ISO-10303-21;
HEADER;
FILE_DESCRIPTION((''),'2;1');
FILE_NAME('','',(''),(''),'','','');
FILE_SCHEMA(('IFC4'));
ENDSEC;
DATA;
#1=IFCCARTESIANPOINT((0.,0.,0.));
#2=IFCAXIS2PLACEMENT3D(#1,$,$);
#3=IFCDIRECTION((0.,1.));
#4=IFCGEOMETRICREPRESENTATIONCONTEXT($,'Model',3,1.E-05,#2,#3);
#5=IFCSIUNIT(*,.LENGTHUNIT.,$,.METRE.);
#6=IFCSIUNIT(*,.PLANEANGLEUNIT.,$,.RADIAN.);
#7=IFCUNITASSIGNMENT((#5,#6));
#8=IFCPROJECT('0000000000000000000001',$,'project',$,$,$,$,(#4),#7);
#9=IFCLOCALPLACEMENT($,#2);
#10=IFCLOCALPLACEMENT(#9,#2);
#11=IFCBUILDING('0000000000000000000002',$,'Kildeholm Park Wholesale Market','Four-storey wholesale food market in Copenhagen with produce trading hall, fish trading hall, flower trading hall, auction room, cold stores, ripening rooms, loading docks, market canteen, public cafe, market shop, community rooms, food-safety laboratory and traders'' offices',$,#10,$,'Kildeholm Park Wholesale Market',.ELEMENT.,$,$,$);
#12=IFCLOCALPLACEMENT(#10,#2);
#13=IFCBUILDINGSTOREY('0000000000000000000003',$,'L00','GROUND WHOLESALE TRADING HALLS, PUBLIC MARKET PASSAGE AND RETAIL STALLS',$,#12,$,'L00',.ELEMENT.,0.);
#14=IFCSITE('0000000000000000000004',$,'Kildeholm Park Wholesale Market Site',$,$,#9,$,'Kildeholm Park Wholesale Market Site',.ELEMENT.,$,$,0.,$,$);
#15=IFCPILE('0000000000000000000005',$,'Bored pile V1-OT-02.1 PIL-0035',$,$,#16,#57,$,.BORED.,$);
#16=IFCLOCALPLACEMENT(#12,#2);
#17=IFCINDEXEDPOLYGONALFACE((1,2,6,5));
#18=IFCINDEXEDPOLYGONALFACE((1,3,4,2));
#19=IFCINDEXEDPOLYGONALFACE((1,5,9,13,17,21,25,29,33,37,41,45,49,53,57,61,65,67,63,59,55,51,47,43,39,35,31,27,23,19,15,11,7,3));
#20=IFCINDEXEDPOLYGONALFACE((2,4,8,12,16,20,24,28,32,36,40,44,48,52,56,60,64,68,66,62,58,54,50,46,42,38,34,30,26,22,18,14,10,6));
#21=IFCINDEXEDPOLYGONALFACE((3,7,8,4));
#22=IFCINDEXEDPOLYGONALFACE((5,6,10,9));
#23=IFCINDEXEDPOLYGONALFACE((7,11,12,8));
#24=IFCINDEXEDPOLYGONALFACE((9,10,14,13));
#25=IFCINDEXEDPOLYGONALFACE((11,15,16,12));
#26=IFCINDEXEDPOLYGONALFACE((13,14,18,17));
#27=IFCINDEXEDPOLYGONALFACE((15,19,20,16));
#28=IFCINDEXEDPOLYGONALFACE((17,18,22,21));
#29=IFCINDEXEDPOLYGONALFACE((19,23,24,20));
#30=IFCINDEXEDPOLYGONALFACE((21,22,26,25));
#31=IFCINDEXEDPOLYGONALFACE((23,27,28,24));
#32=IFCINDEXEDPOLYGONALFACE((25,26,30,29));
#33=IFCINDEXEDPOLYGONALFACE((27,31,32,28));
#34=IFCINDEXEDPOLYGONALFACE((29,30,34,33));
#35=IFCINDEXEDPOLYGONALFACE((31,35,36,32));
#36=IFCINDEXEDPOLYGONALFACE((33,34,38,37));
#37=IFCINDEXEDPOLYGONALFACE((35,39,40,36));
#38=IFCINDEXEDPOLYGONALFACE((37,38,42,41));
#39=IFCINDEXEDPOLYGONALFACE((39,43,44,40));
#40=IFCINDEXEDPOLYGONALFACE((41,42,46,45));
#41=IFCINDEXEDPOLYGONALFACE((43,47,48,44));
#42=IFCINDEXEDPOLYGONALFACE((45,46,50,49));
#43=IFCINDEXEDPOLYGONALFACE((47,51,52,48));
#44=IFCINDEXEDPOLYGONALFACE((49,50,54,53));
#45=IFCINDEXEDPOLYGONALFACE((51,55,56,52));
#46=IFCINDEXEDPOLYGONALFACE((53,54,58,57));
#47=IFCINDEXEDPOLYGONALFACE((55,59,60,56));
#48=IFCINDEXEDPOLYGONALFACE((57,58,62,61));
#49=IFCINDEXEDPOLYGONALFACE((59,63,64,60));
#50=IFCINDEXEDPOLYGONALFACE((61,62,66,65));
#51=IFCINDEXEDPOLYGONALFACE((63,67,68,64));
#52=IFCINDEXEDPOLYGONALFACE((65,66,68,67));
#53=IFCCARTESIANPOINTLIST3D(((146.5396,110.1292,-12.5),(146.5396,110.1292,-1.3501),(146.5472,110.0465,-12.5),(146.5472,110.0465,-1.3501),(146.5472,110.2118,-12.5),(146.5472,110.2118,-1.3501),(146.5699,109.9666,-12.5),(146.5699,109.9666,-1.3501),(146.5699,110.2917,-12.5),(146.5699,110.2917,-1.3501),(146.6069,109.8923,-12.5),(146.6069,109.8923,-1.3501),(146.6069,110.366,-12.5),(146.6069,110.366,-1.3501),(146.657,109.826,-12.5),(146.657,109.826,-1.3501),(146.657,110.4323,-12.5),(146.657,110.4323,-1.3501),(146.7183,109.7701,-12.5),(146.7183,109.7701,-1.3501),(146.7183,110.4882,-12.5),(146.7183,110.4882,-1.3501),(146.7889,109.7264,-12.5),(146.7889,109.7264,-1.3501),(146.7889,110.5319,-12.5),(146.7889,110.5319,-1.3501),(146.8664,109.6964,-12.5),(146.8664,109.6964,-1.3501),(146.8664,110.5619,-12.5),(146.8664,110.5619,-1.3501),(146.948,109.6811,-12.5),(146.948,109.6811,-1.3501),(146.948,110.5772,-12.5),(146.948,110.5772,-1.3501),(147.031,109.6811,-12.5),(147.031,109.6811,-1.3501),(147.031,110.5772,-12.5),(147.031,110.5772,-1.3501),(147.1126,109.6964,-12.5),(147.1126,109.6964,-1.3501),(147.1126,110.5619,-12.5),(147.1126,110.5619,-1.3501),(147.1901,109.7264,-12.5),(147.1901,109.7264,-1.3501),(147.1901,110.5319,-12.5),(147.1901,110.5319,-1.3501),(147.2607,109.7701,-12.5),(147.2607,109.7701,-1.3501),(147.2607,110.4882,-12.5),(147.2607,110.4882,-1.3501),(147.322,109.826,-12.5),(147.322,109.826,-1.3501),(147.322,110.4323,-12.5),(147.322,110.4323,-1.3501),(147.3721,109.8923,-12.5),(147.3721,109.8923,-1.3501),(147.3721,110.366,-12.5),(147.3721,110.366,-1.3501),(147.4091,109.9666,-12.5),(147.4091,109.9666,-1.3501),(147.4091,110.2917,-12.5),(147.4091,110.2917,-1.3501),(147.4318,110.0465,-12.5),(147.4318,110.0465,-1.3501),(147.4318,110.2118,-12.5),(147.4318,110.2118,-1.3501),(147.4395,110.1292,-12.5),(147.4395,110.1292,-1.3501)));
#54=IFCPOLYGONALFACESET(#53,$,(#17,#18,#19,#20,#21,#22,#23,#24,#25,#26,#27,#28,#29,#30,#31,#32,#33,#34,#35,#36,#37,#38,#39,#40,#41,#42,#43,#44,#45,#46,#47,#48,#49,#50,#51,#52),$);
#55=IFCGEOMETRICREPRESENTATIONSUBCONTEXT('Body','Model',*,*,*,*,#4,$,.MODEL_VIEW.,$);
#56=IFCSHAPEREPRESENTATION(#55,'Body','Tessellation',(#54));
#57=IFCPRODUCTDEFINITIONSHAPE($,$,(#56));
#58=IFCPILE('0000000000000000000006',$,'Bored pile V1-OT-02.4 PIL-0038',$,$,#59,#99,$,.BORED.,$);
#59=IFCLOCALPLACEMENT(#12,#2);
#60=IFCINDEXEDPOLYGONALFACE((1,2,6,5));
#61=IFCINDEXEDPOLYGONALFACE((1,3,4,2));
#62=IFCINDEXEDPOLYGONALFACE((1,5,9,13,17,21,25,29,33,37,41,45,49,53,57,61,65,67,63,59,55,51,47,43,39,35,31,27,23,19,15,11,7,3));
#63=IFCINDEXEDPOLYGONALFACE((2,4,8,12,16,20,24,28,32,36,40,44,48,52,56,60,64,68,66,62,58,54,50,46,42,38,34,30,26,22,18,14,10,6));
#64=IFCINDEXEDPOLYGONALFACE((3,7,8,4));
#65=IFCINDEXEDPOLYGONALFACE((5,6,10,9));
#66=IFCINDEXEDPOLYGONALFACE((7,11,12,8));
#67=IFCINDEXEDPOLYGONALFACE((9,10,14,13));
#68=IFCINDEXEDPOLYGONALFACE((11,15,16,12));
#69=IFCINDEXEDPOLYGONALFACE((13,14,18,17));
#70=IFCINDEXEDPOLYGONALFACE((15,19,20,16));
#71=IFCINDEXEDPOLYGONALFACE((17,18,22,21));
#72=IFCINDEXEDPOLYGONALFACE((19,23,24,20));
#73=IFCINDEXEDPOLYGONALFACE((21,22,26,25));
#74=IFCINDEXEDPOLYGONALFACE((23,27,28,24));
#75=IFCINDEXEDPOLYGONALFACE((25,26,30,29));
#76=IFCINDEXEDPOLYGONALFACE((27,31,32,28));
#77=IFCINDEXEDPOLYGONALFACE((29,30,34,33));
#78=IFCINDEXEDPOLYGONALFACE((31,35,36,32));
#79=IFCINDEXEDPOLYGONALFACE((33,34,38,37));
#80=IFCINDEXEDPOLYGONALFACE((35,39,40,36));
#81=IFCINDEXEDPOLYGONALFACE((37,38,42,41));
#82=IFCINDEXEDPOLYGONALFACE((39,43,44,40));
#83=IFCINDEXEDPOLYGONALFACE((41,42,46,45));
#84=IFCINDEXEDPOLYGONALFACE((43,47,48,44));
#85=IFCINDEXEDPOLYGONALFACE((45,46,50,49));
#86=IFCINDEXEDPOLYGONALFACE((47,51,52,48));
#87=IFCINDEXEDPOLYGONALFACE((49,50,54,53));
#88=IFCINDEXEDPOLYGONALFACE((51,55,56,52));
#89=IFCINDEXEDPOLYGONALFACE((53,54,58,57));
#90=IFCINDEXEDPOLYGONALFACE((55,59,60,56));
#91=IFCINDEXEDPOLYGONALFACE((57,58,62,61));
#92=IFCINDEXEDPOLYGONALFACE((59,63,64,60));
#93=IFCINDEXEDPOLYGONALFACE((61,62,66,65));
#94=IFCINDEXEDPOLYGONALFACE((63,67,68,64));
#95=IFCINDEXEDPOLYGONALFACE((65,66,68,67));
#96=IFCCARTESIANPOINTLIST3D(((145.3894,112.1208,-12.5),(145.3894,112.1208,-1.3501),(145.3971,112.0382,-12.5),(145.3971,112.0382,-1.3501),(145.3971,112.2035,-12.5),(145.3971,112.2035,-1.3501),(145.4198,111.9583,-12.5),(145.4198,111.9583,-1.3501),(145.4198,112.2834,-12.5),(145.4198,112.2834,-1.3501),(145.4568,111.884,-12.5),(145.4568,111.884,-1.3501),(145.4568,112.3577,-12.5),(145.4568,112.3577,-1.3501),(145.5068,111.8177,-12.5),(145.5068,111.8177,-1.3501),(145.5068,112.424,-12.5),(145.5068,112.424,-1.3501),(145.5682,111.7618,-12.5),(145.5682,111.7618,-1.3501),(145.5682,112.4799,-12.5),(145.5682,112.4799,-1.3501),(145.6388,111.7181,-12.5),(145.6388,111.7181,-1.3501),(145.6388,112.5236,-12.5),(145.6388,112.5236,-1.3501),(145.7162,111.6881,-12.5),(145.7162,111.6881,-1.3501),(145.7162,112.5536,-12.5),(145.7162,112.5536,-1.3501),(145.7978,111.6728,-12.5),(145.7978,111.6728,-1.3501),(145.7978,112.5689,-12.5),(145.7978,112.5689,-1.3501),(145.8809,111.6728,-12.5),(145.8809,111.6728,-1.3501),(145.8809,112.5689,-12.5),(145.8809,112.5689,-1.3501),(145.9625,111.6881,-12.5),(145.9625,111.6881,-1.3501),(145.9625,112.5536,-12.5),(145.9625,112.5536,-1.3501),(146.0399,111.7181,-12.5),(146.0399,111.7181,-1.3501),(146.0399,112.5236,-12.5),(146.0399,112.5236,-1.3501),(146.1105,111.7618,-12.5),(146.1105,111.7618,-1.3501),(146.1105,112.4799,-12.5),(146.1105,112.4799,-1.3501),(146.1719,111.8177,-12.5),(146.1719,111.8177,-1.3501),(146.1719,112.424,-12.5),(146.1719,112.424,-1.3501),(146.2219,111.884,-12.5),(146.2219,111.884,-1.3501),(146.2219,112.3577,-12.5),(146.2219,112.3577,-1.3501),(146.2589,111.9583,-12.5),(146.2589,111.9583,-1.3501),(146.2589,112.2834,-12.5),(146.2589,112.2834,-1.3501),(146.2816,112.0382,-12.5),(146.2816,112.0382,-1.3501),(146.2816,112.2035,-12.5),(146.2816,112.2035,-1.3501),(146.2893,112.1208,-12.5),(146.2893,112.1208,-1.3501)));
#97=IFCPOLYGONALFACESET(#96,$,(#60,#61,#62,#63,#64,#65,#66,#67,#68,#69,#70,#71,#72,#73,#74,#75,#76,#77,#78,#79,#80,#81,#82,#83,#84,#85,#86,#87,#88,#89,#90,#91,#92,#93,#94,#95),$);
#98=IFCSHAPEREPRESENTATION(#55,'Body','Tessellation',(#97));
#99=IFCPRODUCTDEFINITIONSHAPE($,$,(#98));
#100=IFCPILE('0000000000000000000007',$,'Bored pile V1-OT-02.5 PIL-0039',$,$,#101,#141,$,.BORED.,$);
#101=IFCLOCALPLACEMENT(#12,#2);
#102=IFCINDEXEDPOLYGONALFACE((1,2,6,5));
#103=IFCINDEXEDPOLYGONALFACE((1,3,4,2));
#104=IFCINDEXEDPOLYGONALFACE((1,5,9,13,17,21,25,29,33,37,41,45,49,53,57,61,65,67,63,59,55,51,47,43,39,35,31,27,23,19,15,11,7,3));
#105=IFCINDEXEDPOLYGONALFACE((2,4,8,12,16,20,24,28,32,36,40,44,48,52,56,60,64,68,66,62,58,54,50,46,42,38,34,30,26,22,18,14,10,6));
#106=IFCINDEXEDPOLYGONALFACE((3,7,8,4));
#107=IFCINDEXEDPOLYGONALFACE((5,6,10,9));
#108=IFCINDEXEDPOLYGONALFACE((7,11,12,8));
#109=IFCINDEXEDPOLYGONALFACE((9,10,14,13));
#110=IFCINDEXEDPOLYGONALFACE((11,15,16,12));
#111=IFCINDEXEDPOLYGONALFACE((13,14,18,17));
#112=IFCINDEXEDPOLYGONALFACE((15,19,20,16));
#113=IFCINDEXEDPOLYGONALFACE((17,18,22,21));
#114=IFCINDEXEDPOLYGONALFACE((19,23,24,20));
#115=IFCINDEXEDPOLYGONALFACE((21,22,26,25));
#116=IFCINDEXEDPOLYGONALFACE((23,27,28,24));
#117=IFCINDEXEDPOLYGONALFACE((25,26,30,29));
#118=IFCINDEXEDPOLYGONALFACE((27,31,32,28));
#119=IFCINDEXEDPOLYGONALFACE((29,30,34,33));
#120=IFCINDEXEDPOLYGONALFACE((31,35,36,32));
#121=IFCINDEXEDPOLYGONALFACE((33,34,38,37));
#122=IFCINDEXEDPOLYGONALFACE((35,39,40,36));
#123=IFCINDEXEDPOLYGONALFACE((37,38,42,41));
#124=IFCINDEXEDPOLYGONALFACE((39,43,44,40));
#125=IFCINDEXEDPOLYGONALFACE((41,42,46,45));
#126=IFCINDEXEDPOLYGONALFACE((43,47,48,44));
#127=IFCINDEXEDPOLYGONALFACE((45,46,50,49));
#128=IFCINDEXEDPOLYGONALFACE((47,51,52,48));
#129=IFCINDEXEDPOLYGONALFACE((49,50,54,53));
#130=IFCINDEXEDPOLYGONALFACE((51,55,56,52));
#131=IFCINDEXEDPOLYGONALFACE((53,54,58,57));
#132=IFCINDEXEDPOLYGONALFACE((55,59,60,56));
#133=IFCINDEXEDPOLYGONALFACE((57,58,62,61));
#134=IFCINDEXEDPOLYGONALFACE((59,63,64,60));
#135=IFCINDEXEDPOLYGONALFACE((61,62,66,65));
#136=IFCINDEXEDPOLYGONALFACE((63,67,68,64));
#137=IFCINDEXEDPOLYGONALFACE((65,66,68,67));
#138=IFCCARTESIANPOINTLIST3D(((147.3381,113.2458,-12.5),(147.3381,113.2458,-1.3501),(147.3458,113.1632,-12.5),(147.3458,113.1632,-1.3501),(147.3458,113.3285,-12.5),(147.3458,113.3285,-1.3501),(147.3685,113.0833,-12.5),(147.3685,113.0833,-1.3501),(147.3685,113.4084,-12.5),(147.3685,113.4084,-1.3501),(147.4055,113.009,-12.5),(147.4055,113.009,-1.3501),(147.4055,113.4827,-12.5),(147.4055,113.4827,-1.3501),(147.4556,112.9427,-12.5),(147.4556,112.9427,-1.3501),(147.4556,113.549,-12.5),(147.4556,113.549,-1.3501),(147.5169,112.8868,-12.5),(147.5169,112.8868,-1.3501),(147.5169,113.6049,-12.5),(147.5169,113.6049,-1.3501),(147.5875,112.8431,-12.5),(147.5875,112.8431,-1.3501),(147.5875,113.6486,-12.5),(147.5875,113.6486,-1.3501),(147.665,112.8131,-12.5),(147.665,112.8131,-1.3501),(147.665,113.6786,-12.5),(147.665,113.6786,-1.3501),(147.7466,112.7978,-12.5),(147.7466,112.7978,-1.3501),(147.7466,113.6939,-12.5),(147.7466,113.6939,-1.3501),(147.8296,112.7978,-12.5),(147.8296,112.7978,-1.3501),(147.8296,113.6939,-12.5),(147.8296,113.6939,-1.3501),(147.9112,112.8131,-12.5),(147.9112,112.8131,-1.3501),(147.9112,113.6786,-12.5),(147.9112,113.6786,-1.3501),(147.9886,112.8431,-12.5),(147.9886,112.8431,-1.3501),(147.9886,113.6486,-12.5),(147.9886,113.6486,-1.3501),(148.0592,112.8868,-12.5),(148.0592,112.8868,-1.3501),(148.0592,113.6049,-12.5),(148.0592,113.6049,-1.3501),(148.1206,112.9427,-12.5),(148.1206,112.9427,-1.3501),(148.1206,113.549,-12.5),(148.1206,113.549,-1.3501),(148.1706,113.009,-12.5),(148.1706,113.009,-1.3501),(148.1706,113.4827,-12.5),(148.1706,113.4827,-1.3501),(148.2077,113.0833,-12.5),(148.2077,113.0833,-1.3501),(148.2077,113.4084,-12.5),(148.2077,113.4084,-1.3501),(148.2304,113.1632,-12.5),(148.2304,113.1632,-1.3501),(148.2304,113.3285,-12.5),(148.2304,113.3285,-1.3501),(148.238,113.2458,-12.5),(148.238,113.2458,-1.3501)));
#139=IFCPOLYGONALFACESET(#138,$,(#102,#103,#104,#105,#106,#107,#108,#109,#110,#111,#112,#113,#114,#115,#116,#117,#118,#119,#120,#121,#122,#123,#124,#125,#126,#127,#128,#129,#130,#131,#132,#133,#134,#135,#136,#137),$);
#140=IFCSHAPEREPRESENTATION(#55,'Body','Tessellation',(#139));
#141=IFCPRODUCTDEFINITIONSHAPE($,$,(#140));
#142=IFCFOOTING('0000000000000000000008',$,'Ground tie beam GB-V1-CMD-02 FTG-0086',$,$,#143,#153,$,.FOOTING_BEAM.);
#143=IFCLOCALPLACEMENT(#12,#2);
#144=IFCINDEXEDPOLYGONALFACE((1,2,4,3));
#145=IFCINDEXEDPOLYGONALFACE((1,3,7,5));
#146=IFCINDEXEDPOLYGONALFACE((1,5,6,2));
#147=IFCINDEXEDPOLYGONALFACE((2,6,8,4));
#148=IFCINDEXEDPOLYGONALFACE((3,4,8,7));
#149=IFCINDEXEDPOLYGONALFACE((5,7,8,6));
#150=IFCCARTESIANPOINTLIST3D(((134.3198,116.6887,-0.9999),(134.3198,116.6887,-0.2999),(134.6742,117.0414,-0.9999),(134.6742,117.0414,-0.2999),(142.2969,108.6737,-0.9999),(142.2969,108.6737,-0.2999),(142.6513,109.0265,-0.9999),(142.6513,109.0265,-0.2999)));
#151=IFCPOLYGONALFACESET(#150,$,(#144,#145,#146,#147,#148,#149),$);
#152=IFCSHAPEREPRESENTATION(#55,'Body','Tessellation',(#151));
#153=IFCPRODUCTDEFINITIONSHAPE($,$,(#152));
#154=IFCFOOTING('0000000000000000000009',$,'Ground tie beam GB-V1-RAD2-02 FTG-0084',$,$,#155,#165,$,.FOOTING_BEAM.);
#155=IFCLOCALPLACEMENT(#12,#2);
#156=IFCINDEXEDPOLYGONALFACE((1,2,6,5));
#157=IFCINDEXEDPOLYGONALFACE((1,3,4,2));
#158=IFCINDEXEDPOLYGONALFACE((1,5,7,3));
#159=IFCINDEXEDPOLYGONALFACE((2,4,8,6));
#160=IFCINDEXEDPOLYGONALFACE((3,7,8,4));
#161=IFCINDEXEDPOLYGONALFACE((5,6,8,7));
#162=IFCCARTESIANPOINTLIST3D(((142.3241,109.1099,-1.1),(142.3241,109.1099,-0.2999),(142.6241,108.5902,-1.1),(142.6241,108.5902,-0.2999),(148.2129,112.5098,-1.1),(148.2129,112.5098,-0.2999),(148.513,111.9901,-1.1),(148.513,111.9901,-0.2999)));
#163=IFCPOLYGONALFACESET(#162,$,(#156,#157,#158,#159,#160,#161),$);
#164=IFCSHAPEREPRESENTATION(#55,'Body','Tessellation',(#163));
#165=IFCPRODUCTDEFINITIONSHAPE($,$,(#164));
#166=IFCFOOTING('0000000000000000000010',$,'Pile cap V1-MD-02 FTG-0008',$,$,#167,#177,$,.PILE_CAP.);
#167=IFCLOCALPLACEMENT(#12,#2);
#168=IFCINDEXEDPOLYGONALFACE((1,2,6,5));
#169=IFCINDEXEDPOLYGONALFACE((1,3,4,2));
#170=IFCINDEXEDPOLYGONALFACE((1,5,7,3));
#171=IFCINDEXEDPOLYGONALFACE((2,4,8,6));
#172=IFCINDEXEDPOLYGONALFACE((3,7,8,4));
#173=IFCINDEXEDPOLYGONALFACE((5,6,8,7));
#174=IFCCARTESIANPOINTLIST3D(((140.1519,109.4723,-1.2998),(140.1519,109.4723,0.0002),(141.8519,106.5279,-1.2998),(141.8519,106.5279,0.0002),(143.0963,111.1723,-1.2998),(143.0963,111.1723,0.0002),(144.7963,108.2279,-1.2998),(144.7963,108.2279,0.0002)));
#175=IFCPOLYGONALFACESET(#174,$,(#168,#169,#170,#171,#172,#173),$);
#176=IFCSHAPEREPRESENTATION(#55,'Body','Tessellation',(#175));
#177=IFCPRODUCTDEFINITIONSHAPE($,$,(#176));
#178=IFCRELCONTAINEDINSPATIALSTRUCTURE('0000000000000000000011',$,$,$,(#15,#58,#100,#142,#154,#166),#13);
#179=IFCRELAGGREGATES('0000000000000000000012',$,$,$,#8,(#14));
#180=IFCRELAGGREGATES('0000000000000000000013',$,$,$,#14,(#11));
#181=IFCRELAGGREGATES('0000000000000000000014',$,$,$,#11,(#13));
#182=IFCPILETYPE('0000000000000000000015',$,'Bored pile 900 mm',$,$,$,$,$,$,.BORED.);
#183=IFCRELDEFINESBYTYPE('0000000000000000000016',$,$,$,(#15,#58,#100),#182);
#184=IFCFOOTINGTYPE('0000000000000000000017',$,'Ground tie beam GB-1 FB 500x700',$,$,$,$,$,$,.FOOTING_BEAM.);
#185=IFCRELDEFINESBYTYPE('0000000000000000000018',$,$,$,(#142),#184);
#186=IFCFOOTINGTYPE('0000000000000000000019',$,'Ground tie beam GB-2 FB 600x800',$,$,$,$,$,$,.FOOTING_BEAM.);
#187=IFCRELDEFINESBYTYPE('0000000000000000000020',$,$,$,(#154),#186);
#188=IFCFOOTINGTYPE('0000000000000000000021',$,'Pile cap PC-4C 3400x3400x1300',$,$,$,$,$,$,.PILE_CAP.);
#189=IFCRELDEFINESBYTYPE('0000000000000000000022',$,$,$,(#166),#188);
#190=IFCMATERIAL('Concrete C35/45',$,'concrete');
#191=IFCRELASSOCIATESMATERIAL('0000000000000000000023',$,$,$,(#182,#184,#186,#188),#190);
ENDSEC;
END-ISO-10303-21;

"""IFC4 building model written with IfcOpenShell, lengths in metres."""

from ifc_helpers import new_model, si_unit, direction, frame, origin, origin_2d, place, context, subcontext, project, spatial, rectangle, circle, extrude, material, material_profile, profile_set, type_object, element, save


model = new_model("IFC4")

# Units and contexts
model_context = context("Model", 3, precision=1e-05, world=origin(), true_north=direction((0.0, 1.0)))
body_context = subcontext(model_context, "Body", "Model", "MODEL_VIEW")
ifc_project = project(units=[si_unit("LENGTHUNIT", "METRE"), si_unit("PLANEANGLEUNIT", "RADIAN")], contexts=[model_context])

# Site, building, storey
site_placement = place(None, origin())
site = spatial("IfcSite", under=ifc_project, at=site_placement, Name="Kildeholm Park Wholesale Market Site", LongName="Kildeholm Park Wholesale Market Site", CompositionType="ELEMENT", RefElevation=0.0)
building_placement = place(site_placement, origin())
building = spatial("IfcBuilding", under=site, at=building_placement, Name="Kildeholm Park Wholesale Market", Description="Four-storey wholesale food market in Copenhagen with produce trading hall, fish trading hall, flower trading hall, auction room, cold stores, ripening rooms, loading docks, market canteen, public cafe, market shop, community rooms, food-safety laboratory and traders' offices", LongName="Kildeholm Park Wholesale Market", CompositionType="ELEMENT")
storey_placement = place(building_placement, origin())
storey = spatial("IfcBuildingStorey", under=building, at=storey_placement, Name="L00", Description="GROUND WHOLESALE TRADING HALLS, PUBLIC MARKET PASSAGE AND RETAIL STALLS", LongName="L00", CompositionType="ELEMENT", Elevation=0.0)

# Piles
ifc_material_1 = material(Name="Concrete C35/45", Category="concrete")
ifc_material_profile_1 = material_profile(ifc_material_1, circle(Radius=0.45, at=origin_2d()), Name="PILE D900")
ifc_profile_set_1 = profile_set([ifc_material_profile_1], Name="Concrete C35/45")
pile_type_1 = type_object("IfcPileType", Name="Bored pile 900 mm", PredefinedType="BORED", material=ifc_profile_set_1)
for number, where, z_axis, x_axis, name in (
    (1, (146.9895, 110.1292, -1.3501), (0.0, 0.0, -1.0), (1.0, 0.0, 0.0), "Bored pile V1-OT-02.1 PIL-0035"),
    (2, (145.8394, 112.1208, -1.3501), (0.0, 0.0, -1.0), (1.0, 0.0, 0.0), "Bored pile V1-OT-02.4 PIL-0038"),
    (3, (147.7881, 113.2458, -1.3501), (0.0, 0.0, -1.0), (1.0, 0.0, 0.0), "Bored pile V1-OT-02.5 PIL-0039"),
):
    element("IfcPile", number, at=place(storey_placement, frame(where, z_axis=z_axis, x_axis=x_axis)), inside=storey, type_object=pile_type_1, Name=name, PredefinedType="BORED", context=body_context, shape_type="SweptSolid", body=[
        extrude(circle(Radius=0.45, at=origin_2d()), origin(), (0.0, 0.0, 1.0), 11.1499),
    ])

# Footings
ifc_material_profile_2 = material_profile(ifc_material_1, rectangle(XDim=0.5, YDim=0.7, at=origin_2d()), Name="FB 500x700")
ifc_profile_set_2 = profile_set([ifc_material_profile_2], Name="Concrete C35/45")
footing_type_1 = type_object("IfcFootingType", Name="Ground tie beam GB-1 FB 500x700", PredefinedType="FOOTING_BEAM", material=ifc_profile_set_2)
footing_1_placement = place(storey_placement, frame((142.4741, 108.8501, -0.6499), z_axis=(-0.705432, 0.708778, 0.0), x_axis=(-0.708778, -0.705432, 0.0)))
element("IfcFooting", 4, at=footing_1_placement, inside=storey, type_object=footing_type_1, Name="Ground tie beam GB-V1-CMD-02 FTG-0086", PredefinedType="FOOTING_BEAM", context=body_context, shape_type="SweptSolid", body=[
    extrude(rectangle(XDim=0.5, YDim=0.7, at=origin_2d()), origin(), (0.0, 0.0, 1.0), 11.3081),
])
ifc_material_profile_3 = material_profile(ifc_material_1, rectangle(XDim=0.6001, YDim=0.8, at=origin_2d()), Name="FB 600x800")
ifc_profile_set_3 = profile_set([ifc_material_profile_3], Name="Concrete C35/45")
footing_type_2 = type_object("IfcFootingType", Name="Ground tie beam GB-2 FB 600x800", PredefinedType="FOOTING_BEAM", material=ifc_profile_set_3)
footing_2_placement = place(storey_placement, frame((142.4741, 108.8501, -0.7), z_axis=(0.86603, 0.499993, 0.0), x_axis=(-0.499993, 0.86603, 0.0)))
element("IfcFooting", 5, at=footing_2_placement, inside=storey, type_object=footing_type_2, Name="Ground tie beam GB-V1-RAD2-02 FTG-0084", PredefinedType="FOOTING_BEAM", context=body_context, shape_type="SweptSolid", body=[
    extrude(rectangle(XDim=0.6001, YDim=0.8, at=origin_2d()), origin(), (0.0, 0.0, 1.0), 6.7998),
])
footing_type_3 = type_object("IfcFootingType", Name="Pile cap PC-4C 3400x3400x1300", PredefinedType="PILE_CAP", material=ifc_material_1)
footing_3_placement = place(storey_placement, frame((142.4741, 108.8501, -1.2998), z_axis=(0.0, 0.0, 1.0), x_axis=(0.866025, 0.5, 0.0)))
element("IfcFooting", 6, at=footing_3_placement, inside=storey, type_object=footing_type_3, Name="Pile cap V1-MD-02 FTG-0008", PredefinedType="PILE_CAP", context=body_context, shape_type="SweptSolid", body=[
    extrude(rectangle(XDim=3.3999, YDim=3.3999, at=origin_2d()), origin(), (0.0, 0.0, 1.0), 1.3),
])

save(model, "model.ifc")
